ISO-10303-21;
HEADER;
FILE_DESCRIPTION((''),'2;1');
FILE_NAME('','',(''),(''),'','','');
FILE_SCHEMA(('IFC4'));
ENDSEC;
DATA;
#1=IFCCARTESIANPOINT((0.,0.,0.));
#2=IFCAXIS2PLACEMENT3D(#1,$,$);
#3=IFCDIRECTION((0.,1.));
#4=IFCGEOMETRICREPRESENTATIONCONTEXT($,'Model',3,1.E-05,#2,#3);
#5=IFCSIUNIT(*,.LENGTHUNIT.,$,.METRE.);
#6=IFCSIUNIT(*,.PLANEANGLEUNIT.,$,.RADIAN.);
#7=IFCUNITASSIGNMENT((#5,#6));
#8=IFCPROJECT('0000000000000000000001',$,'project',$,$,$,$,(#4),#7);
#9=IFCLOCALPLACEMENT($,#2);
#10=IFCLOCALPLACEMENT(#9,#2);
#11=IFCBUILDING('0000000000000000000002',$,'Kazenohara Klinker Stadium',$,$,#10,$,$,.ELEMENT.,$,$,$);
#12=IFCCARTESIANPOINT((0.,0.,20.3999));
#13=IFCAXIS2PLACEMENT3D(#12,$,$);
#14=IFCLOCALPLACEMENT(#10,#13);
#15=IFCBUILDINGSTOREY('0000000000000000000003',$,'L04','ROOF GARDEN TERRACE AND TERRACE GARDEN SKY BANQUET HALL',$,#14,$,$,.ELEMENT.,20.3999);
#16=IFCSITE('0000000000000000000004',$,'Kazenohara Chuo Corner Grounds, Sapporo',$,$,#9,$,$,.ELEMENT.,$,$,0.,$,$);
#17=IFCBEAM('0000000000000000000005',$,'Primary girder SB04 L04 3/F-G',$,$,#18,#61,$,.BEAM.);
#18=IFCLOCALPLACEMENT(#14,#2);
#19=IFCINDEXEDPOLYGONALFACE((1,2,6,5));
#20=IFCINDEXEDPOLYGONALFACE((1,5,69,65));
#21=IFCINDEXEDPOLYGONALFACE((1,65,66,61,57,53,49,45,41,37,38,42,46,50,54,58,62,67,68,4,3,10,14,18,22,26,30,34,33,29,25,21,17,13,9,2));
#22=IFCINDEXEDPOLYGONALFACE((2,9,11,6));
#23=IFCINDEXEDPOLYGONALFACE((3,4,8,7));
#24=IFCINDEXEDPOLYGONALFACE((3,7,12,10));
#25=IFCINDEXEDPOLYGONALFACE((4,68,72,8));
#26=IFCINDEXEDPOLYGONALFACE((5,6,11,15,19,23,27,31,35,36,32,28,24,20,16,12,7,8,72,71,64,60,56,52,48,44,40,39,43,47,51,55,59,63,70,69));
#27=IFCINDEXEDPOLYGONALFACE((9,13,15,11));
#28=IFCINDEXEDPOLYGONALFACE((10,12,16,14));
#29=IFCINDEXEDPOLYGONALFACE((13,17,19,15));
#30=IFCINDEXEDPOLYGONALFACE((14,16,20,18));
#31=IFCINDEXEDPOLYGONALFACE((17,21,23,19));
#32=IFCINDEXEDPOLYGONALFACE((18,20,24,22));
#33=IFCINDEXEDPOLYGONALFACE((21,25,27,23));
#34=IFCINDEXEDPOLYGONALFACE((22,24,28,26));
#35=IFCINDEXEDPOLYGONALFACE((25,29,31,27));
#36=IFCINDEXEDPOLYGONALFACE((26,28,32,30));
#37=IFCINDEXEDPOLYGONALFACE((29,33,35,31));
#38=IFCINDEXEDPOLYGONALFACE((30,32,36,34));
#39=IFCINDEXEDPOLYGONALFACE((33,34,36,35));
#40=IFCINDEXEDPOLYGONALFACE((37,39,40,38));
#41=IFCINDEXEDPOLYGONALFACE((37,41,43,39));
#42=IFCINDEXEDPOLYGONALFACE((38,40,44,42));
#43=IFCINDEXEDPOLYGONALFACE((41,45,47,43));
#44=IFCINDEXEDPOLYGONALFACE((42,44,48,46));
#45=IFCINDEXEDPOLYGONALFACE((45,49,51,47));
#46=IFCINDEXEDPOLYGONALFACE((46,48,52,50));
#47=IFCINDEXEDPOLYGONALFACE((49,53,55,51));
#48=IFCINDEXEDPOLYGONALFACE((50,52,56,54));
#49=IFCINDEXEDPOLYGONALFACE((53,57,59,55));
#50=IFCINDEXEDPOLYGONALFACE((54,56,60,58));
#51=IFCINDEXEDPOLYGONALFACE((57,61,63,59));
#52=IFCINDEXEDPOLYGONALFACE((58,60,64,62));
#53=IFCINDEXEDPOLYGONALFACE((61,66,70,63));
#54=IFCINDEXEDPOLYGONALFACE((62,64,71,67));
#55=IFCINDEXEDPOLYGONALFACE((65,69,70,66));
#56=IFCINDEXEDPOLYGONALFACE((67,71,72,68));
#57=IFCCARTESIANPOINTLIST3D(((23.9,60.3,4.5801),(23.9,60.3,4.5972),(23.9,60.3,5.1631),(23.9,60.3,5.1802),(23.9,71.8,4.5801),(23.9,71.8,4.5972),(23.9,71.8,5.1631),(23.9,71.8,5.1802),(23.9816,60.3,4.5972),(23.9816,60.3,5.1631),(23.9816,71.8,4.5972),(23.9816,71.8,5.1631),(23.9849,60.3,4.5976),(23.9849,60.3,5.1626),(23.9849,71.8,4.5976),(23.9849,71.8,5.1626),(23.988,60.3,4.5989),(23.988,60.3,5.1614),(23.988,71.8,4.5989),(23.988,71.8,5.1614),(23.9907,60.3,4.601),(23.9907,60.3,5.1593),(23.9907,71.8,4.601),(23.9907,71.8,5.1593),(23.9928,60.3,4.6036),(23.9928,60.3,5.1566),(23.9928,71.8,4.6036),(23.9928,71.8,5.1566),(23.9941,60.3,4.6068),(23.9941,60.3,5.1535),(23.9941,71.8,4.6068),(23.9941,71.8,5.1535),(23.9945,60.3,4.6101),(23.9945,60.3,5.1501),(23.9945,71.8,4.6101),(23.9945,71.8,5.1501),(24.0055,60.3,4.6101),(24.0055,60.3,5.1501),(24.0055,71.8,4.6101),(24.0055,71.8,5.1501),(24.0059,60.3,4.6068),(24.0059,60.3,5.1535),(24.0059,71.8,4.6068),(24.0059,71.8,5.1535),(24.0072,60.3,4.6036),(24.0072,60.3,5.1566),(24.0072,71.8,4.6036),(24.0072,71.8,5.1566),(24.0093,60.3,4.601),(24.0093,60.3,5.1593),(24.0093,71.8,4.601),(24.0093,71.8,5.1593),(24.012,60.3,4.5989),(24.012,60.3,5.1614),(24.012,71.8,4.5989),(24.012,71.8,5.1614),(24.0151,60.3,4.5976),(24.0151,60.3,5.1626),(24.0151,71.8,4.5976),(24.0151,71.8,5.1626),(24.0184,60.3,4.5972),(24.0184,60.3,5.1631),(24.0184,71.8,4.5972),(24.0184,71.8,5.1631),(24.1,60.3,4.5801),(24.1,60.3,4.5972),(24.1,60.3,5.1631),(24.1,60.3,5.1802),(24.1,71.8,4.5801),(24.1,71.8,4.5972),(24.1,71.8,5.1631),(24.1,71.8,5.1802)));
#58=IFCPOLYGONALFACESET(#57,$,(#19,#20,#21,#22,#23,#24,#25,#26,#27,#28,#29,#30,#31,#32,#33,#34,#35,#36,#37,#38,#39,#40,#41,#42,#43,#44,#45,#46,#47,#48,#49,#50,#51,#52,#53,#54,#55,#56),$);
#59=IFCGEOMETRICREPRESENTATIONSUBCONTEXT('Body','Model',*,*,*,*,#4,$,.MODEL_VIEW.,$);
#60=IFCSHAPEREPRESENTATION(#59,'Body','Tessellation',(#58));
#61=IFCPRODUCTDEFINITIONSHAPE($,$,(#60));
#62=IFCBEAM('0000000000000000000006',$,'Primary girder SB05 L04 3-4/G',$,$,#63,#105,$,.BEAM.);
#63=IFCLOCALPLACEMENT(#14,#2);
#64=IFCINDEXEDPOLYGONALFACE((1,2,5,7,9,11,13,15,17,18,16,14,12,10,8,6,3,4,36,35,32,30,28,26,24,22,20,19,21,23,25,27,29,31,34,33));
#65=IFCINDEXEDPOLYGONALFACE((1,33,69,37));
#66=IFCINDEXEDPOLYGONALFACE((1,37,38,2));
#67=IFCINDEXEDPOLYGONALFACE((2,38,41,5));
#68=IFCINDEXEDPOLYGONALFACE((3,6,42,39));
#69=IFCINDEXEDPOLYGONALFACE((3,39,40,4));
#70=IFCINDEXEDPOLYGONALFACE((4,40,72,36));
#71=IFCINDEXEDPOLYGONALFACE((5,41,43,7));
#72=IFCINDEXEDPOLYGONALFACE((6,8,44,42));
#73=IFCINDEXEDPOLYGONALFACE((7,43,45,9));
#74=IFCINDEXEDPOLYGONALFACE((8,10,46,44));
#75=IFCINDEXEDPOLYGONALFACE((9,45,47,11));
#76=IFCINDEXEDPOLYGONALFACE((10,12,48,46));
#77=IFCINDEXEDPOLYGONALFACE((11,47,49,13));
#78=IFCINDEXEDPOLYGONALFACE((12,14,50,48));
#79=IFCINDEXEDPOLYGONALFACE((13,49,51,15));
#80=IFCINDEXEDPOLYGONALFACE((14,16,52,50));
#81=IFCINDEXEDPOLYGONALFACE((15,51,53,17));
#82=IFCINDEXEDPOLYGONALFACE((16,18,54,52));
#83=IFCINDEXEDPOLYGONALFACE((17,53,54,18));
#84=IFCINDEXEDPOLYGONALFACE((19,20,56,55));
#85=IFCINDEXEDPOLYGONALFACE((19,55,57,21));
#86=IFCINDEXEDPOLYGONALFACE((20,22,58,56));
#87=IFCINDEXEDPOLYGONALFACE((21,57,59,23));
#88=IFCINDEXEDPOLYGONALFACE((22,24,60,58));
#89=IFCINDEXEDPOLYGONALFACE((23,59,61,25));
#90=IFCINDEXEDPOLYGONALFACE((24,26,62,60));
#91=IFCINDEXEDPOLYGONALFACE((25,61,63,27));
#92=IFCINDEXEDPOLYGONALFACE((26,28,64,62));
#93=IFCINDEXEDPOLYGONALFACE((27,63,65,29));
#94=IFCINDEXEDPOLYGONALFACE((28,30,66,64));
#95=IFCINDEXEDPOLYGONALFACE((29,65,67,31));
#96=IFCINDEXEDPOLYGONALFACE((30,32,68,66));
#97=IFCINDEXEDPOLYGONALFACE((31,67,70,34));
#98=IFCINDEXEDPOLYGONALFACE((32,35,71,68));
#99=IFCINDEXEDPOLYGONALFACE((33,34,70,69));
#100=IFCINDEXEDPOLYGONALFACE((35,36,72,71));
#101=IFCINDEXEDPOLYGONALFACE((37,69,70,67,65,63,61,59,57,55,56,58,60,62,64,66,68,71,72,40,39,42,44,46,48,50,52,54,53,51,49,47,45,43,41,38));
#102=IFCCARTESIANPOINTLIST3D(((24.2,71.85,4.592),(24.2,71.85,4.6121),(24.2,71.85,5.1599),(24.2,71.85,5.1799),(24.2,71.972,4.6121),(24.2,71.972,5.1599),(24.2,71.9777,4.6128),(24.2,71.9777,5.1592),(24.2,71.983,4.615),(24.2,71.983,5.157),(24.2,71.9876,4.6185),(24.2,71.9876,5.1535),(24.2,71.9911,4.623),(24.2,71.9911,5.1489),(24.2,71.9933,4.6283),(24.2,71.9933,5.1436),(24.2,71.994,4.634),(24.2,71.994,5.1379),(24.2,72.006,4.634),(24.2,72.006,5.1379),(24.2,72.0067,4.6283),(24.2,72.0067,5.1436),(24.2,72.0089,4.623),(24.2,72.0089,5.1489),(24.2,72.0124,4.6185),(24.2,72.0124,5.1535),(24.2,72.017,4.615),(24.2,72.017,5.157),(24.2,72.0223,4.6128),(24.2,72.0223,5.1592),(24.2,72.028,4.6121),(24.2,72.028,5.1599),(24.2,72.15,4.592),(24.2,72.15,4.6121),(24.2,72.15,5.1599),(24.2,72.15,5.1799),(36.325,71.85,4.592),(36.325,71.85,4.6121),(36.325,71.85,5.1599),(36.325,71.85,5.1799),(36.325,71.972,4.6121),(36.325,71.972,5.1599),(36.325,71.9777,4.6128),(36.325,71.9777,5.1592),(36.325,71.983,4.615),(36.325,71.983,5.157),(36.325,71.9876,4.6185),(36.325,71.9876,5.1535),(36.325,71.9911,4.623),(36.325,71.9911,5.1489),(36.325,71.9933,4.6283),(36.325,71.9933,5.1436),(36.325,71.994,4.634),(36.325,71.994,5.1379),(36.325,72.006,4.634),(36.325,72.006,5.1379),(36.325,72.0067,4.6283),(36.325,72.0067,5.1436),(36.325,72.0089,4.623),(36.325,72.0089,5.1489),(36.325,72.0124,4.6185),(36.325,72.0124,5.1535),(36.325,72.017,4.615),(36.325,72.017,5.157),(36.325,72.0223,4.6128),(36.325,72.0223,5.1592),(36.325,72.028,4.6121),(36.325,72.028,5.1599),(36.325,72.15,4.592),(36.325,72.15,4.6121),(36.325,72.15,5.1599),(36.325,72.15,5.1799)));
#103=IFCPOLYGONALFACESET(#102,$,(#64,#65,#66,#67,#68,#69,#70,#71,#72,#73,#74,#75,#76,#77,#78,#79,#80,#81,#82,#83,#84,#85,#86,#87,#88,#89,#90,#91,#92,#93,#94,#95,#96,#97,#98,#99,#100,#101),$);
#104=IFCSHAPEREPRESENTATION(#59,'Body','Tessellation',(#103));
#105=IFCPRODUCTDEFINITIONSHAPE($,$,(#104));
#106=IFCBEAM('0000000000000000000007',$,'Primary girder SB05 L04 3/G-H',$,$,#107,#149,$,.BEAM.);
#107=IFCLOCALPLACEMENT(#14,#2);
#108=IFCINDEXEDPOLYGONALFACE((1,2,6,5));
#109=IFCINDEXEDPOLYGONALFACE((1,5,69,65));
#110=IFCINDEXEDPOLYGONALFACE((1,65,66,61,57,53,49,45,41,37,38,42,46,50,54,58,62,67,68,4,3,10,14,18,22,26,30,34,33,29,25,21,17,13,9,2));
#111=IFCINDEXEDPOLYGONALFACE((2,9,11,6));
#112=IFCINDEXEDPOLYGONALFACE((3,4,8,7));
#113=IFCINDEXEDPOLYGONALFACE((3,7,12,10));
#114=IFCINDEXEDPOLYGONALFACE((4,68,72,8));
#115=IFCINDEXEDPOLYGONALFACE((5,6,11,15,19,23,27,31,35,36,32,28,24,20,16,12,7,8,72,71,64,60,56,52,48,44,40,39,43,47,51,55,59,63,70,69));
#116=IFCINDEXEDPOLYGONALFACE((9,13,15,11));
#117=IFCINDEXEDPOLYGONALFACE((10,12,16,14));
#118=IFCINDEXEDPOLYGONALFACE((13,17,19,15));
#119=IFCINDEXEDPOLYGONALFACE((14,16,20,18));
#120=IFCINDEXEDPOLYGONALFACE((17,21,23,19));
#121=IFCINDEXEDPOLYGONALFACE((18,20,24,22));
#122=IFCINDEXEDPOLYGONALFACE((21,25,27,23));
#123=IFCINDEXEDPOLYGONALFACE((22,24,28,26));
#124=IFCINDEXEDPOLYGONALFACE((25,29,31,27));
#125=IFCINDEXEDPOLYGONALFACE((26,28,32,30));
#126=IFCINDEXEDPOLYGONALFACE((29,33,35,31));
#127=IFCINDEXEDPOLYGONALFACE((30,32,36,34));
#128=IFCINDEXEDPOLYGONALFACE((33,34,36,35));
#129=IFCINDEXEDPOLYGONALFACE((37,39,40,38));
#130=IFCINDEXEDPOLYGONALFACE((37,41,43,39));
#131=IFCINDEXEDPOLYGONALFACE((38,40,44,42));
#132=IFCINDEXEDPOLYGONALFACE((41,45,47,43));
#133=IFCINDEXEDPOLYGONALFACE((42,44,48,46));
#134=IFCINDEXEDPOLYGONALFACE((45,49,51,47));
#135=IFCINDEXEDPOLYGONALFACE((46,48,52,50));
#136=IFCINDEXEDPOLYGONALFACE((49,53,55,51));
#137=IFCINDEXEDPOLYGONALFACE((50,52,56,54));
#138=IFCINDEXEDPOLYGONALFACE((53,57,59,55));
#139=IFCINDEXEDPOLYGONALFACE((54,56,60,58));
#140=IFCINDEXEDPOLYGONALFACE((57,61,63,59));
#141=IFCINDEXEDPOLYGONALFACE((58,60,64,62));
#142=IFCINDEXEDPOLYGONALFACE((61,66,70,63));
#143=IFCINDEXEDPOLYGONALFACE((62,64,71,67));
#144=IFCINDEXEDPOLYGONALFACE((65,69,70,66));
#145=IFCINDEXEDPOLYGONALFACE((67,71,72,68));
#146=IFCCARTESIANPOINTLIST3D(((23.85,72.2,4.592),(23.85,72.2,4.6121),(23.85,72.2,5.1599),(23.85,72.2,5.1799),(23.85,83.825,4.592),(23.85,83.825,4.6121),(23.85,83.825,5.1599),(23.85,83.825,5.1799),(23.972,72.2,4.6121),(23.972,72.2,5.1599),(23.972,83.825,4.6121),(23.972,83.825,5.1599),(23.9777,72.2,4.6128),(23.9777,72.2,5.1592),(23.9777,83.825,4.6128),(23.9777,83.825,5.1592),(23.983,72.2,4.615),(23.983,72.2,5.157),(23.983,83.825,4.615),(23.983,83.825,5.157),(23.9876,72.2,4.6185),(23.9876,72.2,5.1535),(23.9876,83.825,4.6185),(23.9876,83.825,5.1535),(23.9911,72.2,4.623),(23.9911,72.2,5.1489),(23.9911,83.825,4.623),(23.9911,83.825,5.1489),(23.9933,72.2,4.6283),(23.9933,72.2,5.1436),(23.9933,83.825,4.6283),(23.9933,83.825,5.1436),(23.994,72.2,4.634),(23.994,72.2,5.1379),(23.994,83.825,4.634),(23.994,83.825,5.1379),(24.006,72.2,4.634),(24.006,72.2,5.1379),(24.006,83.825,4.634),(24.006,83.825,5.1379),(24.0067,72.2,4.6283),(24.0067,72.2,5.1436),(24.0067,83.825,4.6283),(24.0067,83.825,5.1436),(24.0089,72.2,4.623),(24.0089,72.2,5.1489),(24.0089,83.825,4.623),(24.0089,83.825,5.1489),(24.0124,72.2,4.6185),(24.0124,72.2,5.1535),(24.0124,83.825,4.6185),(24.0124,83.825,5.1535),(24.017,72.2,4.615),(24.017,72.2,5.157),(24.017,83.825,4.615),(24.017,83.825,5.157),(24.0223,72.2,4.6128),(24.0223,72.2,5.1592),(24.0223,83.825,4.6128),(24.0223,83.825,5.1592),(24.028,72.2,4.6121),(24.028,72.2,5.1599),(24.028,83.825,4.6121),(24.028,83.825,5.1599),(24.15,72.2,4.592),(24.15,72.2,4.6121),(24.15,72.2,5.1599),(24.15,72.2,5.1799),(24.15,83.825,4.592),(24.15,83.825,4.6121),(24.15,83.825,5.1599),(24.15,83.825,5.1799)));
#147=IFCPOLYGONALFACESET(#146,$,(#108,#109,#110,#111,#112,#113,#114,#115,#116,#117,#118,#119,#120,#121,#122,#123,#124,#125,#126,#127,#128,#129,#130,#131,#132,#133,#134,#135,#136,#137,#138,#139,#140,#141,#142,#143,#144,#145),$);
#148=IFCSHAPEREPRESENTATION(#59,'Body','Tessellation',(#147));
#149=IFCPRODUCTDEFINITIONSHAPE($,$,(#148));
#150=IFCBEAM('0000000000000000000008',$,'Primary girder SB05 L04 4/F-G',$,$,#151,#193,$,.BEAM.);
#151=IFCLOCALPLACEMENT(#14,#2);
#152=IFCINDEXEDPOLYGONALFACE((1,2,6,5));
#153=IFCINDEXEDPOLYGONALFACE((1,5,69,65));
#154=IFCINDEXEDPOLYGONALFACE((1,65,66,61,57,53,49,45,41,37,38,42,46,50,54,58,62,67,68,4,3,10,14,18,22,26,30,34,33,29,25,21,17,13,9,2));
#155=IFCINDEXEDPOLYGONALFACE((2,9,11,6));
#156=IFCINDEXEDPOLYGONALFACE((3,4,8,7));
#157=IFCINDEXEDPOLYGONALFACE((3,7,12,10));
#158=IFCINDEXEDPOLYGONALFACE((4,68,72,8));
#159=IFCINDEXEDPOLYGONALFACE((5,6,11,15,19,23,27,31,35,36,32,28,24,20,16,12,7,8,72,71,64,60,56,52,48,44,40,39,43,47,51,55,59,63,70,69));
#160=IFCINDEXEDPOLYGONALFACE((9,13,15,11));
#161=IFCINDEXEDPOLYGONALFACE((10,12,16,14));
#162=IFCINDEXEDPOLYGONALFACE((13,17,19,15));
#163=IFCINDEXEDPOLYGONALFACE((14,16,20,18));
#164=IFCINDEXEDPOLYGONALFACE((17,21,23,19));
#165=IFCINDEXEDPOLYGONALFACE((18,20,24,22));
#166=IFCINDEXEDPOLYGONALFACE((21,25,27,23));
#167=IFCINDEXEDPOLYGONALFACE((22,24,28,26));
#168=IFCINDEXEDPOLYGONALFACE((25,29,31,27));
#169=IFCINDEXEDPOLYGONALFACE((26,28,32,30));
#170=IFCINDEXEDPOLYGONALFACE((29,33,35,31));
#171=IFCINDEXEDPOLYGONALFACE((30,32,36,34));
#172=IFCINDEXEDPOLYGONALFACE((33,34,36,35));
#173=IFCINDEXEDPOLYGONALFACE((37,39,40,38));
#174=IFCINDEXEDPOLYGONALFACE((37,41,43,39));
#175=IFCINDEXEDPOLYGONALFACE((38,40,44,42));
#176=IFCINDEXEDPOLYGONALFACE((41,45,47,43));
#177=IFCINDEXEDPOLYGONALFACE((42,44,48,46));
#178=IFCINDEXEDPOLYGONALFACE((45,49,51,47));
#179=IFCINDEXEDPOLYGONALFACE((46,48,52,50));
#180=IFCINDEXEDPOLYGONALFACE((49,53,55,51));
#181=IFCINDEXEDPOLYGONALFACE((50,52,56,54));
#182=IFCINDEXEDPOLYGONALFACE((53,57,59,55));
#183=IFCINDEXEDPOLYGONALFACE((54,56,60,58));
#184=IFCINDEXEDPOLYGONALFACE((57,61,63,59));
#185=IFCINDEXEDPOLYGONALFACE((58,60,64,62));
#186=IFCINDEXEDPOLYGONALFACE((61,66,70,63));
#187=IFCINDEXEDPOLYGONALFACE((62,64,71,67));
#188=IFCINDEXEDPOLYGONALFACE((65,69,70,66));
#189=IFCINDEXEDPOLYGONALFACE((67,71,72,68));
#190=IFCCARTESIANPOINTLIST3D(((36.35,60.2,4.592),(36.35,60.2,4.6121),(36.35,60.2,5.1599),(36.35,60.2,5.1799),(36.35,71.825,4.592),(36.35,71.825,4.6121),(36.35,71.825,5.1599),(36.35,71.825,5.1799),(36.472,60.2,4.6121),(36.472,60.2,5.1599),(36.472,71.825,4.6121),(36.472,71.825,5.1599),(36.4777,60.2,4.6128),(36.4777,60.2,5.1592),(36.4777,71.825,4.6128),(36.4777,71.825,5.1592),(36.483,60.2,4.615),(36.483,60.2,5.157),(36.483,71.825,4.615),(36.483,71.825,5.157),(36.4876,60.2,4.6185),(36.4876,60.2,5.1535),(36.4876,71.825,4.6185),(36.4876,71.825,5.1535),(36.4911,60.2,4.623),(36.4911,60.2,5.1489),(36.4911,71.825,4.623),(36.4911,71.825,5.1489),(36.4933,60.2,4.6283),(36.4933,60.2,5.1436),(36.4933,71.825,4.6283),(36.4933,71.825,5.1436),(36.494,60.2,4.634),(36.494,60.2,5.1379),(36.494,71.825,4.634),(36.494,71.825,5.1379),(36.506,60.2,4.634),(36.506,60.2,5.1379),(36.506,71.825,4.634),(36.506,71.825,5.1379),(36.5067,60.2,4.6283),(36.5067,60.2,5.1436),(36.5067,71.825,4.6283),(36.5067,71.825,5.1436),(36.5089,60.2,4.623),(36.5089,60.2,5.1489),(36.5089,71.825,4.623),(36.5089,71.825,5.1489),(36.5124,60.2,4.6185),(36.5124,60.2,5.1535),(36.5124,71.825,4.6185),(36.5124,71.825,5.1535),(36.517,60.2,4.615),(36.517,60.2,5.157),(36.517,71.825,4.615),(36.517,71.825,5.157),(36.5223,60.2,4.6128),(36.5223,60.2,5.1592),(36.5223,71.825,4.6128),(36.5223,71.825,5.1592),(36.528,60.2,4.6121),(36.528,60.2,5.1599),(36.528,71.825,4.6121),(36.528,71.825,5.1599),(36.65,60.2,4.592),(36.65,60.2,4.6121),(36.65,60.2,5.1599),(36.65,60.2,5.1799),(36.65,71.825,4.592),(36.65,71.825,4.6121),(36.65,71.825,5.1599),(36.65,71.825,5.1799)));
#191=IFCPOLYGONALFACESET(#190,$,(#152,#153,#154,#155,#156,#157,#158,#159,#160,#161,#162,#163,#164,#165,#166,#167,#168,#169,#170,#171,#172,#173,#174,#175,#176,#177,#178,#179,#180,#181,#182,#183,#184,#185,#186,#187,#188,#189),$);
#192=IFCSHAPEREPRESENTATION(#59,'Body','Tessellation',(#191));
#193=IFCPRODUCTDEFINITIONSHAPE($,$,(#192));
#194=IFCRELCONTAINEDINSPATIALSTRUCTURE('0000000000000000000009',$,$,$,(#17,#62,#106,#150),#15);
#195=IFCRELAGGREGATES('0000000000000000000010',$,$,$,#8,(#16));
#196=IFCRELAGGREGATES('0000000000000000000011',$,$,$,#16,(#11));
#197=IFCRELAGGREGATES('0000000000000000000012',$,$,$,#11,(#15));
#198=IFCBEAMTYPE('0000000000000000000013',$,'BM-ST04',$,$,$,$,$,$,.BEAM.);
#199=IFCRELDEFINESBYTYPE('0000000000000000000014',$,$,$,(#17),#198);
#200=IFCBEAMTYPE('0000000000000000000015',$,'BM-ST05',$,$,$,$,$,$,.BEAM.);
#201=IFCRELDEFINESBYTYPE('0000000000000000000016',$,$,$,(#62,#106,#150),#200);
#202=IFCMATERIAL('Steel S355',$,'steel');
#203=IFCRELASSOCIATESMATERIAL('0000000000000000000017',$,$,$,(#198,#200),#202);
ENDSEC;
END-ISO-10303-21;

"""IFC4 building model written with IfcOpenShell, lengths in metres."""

from ifc_helpers import new_model, si_unit, direction, frame, origin, origin_2d, place, context, subcontext, project, spatial, i_section, extrude, material, material_profile, profile_set, type_object, element, save


model = new_model("IFC4")

# Units and contexts
model_context = context("Model", 3, precision=1e-05, world=origin(), true_north=direction((0.0, 1.0)))
body_context = subcontext(model_context, "Body", "Model", "MODEL_VIEW")
ifc_project = project(units=[si_unit("LENGTHUNIT", "METRE"), si_unit("PLANEANGLEUNIT", "RADIAN")], contexts=[model_context])

# Site, building, storey
site_placement = place(None, origin())
site = spatial("IfcSite", under=ifc_project, at=site_placement, Name="Kazenohara Chuo Corner Grounds, Sapporo", CompositionType="ELEMENT", RefElevation=0.0)
building_placement = place(site_placement, origin())
building = spatial("IfcBuilding", under=site, at=building_placement, Name="Kazenohara Klinker Stadium", CompositionType="ELEMENT")
storey_placement = place(building_placement, frame((0.0, 0.0, 20.3999)))
storey = spatial("IfcBuildingStorey", under=building, at=storey_placement, Name="L04", Description="ROOF GARDEN TERRACE AND TERRACE GARDEN SKY BANQUET HALL", CompositionType="ELEMENT", Elevation=20.3999)

# Shared definitions
ifc_material_1 = material(Name="Steel S355", Category="steel")

# Beams
ifc_material_profile_1 = material_profile(ifc_material_1, i_section(OverallWidth=0.2, OverallDepth=0.6001, WebThickness=0.011, FlangeThickness=0.0171, FilletRadius=0.0129, at=origin_2d()), Name="H-600x200x11x17")
ifc_profile_set_1 = profile_set([ifc_material_profile_1], Name="Steel S355")
beam_type_1 = type_object("IfcBeamType", Name="BM-ST04", PredefinedType="BEAM", material=ifc_profile_set_1)
beam_1_placement = place(storey_placement, frame((24.0, 60.3, 4.8801), z_axis=(0.0, 1.0, 0.0), x_axis=(-1.0, 0.0, 0.0)))
element("IfcBeam", 1, at=beam_1_placement, inside=storey, type_object=beam_type_1, Name="Primary girder SB04 L04 3/F-G", PredefinedType="BEAM", context=body_context, shape_type="SweptSolid", body=[
    extrude(i_section(OverallWidth=0.2, OverallDepth=0.6001, WebThickness=0.011, FlangeThickness=0.0171, FilletRadius=0.0129, at=origin_2d()), origin(), (0.0, 0.0, 1.0), 11.5),
])
ifc_material_profile_2 = material_profile(ifc_material_1, i_section(OverallWidth=0.3, OverallDepth=0.5879, WebThickness=0.012, FlangeThickness=0.02, FilletRadius=0.022, at=origin_2d()), Name="H-588x300x12x20")
ifc_profile_set_2 = profile_set([ifc_material_profile_2], Name="Steel S355")
beam_type_2 = type_object("IfcBeamType", Name="BM-ST05", PredefinedType="BEAM", material=ifc_profile_set_2)
beam_2_placement = place(storey_placement, frame((24.2, 72.0, 4.886), z_axis=(1.0, 0.0, 0.0), x_axis=(0.0, 1.0, 0.0)))
element("IfcBeam", 2, at=beam_2_placement, inside=storey, type_object=beam_type_2, Name="Primary girder SB05 L04 3-4/G", PredefinedType="BEAM", context=body_context, shape_type="SweptSolid", body=[
    extrude(i_section(OverallWidth=0.3, OverallDepth=0.5879, WebThickness=0.012, FlangeThickness=0.02, FilletRadius=0.022, at=origin_2d()), origin(), (0.0, 0.0, 1.0), 12.125),
])
for number, where, z_axis, x_axis, name in (
    (3, (24.0, 72.2, 4.886), (0.0, 1.0, 0.0), (-1.0, 0.0, 0.0), "Primary girder SB05 L04 3/G-H"),
    (4, (36.5, 60.2, 4.886), (0.0, 1.0, 0.0), (-1.0, 0.0, 0.0), "Primary girder SB05 L04 4/F-G"),
):
    element("IfcBeam", number, at=place(storey_placement, frame(where, z_axis=z_axis, x_axis=x_axis)), inside=storey, type_object=beam_type_2, Name=name, PredefinedType="BEAM", context=body_context, shape_type="SweptSolid", body=[
        extrude(i_section(OverallWidth=0.3, OverallDepth=0.5879, WebThickness=0.012, FlangeThickness=0.02, FilletRadius=0.022, at=origin_2d()), origin(), (0.0, 0.0, 1.0), 11.625),
    ])

save(model, "model.ifc")
